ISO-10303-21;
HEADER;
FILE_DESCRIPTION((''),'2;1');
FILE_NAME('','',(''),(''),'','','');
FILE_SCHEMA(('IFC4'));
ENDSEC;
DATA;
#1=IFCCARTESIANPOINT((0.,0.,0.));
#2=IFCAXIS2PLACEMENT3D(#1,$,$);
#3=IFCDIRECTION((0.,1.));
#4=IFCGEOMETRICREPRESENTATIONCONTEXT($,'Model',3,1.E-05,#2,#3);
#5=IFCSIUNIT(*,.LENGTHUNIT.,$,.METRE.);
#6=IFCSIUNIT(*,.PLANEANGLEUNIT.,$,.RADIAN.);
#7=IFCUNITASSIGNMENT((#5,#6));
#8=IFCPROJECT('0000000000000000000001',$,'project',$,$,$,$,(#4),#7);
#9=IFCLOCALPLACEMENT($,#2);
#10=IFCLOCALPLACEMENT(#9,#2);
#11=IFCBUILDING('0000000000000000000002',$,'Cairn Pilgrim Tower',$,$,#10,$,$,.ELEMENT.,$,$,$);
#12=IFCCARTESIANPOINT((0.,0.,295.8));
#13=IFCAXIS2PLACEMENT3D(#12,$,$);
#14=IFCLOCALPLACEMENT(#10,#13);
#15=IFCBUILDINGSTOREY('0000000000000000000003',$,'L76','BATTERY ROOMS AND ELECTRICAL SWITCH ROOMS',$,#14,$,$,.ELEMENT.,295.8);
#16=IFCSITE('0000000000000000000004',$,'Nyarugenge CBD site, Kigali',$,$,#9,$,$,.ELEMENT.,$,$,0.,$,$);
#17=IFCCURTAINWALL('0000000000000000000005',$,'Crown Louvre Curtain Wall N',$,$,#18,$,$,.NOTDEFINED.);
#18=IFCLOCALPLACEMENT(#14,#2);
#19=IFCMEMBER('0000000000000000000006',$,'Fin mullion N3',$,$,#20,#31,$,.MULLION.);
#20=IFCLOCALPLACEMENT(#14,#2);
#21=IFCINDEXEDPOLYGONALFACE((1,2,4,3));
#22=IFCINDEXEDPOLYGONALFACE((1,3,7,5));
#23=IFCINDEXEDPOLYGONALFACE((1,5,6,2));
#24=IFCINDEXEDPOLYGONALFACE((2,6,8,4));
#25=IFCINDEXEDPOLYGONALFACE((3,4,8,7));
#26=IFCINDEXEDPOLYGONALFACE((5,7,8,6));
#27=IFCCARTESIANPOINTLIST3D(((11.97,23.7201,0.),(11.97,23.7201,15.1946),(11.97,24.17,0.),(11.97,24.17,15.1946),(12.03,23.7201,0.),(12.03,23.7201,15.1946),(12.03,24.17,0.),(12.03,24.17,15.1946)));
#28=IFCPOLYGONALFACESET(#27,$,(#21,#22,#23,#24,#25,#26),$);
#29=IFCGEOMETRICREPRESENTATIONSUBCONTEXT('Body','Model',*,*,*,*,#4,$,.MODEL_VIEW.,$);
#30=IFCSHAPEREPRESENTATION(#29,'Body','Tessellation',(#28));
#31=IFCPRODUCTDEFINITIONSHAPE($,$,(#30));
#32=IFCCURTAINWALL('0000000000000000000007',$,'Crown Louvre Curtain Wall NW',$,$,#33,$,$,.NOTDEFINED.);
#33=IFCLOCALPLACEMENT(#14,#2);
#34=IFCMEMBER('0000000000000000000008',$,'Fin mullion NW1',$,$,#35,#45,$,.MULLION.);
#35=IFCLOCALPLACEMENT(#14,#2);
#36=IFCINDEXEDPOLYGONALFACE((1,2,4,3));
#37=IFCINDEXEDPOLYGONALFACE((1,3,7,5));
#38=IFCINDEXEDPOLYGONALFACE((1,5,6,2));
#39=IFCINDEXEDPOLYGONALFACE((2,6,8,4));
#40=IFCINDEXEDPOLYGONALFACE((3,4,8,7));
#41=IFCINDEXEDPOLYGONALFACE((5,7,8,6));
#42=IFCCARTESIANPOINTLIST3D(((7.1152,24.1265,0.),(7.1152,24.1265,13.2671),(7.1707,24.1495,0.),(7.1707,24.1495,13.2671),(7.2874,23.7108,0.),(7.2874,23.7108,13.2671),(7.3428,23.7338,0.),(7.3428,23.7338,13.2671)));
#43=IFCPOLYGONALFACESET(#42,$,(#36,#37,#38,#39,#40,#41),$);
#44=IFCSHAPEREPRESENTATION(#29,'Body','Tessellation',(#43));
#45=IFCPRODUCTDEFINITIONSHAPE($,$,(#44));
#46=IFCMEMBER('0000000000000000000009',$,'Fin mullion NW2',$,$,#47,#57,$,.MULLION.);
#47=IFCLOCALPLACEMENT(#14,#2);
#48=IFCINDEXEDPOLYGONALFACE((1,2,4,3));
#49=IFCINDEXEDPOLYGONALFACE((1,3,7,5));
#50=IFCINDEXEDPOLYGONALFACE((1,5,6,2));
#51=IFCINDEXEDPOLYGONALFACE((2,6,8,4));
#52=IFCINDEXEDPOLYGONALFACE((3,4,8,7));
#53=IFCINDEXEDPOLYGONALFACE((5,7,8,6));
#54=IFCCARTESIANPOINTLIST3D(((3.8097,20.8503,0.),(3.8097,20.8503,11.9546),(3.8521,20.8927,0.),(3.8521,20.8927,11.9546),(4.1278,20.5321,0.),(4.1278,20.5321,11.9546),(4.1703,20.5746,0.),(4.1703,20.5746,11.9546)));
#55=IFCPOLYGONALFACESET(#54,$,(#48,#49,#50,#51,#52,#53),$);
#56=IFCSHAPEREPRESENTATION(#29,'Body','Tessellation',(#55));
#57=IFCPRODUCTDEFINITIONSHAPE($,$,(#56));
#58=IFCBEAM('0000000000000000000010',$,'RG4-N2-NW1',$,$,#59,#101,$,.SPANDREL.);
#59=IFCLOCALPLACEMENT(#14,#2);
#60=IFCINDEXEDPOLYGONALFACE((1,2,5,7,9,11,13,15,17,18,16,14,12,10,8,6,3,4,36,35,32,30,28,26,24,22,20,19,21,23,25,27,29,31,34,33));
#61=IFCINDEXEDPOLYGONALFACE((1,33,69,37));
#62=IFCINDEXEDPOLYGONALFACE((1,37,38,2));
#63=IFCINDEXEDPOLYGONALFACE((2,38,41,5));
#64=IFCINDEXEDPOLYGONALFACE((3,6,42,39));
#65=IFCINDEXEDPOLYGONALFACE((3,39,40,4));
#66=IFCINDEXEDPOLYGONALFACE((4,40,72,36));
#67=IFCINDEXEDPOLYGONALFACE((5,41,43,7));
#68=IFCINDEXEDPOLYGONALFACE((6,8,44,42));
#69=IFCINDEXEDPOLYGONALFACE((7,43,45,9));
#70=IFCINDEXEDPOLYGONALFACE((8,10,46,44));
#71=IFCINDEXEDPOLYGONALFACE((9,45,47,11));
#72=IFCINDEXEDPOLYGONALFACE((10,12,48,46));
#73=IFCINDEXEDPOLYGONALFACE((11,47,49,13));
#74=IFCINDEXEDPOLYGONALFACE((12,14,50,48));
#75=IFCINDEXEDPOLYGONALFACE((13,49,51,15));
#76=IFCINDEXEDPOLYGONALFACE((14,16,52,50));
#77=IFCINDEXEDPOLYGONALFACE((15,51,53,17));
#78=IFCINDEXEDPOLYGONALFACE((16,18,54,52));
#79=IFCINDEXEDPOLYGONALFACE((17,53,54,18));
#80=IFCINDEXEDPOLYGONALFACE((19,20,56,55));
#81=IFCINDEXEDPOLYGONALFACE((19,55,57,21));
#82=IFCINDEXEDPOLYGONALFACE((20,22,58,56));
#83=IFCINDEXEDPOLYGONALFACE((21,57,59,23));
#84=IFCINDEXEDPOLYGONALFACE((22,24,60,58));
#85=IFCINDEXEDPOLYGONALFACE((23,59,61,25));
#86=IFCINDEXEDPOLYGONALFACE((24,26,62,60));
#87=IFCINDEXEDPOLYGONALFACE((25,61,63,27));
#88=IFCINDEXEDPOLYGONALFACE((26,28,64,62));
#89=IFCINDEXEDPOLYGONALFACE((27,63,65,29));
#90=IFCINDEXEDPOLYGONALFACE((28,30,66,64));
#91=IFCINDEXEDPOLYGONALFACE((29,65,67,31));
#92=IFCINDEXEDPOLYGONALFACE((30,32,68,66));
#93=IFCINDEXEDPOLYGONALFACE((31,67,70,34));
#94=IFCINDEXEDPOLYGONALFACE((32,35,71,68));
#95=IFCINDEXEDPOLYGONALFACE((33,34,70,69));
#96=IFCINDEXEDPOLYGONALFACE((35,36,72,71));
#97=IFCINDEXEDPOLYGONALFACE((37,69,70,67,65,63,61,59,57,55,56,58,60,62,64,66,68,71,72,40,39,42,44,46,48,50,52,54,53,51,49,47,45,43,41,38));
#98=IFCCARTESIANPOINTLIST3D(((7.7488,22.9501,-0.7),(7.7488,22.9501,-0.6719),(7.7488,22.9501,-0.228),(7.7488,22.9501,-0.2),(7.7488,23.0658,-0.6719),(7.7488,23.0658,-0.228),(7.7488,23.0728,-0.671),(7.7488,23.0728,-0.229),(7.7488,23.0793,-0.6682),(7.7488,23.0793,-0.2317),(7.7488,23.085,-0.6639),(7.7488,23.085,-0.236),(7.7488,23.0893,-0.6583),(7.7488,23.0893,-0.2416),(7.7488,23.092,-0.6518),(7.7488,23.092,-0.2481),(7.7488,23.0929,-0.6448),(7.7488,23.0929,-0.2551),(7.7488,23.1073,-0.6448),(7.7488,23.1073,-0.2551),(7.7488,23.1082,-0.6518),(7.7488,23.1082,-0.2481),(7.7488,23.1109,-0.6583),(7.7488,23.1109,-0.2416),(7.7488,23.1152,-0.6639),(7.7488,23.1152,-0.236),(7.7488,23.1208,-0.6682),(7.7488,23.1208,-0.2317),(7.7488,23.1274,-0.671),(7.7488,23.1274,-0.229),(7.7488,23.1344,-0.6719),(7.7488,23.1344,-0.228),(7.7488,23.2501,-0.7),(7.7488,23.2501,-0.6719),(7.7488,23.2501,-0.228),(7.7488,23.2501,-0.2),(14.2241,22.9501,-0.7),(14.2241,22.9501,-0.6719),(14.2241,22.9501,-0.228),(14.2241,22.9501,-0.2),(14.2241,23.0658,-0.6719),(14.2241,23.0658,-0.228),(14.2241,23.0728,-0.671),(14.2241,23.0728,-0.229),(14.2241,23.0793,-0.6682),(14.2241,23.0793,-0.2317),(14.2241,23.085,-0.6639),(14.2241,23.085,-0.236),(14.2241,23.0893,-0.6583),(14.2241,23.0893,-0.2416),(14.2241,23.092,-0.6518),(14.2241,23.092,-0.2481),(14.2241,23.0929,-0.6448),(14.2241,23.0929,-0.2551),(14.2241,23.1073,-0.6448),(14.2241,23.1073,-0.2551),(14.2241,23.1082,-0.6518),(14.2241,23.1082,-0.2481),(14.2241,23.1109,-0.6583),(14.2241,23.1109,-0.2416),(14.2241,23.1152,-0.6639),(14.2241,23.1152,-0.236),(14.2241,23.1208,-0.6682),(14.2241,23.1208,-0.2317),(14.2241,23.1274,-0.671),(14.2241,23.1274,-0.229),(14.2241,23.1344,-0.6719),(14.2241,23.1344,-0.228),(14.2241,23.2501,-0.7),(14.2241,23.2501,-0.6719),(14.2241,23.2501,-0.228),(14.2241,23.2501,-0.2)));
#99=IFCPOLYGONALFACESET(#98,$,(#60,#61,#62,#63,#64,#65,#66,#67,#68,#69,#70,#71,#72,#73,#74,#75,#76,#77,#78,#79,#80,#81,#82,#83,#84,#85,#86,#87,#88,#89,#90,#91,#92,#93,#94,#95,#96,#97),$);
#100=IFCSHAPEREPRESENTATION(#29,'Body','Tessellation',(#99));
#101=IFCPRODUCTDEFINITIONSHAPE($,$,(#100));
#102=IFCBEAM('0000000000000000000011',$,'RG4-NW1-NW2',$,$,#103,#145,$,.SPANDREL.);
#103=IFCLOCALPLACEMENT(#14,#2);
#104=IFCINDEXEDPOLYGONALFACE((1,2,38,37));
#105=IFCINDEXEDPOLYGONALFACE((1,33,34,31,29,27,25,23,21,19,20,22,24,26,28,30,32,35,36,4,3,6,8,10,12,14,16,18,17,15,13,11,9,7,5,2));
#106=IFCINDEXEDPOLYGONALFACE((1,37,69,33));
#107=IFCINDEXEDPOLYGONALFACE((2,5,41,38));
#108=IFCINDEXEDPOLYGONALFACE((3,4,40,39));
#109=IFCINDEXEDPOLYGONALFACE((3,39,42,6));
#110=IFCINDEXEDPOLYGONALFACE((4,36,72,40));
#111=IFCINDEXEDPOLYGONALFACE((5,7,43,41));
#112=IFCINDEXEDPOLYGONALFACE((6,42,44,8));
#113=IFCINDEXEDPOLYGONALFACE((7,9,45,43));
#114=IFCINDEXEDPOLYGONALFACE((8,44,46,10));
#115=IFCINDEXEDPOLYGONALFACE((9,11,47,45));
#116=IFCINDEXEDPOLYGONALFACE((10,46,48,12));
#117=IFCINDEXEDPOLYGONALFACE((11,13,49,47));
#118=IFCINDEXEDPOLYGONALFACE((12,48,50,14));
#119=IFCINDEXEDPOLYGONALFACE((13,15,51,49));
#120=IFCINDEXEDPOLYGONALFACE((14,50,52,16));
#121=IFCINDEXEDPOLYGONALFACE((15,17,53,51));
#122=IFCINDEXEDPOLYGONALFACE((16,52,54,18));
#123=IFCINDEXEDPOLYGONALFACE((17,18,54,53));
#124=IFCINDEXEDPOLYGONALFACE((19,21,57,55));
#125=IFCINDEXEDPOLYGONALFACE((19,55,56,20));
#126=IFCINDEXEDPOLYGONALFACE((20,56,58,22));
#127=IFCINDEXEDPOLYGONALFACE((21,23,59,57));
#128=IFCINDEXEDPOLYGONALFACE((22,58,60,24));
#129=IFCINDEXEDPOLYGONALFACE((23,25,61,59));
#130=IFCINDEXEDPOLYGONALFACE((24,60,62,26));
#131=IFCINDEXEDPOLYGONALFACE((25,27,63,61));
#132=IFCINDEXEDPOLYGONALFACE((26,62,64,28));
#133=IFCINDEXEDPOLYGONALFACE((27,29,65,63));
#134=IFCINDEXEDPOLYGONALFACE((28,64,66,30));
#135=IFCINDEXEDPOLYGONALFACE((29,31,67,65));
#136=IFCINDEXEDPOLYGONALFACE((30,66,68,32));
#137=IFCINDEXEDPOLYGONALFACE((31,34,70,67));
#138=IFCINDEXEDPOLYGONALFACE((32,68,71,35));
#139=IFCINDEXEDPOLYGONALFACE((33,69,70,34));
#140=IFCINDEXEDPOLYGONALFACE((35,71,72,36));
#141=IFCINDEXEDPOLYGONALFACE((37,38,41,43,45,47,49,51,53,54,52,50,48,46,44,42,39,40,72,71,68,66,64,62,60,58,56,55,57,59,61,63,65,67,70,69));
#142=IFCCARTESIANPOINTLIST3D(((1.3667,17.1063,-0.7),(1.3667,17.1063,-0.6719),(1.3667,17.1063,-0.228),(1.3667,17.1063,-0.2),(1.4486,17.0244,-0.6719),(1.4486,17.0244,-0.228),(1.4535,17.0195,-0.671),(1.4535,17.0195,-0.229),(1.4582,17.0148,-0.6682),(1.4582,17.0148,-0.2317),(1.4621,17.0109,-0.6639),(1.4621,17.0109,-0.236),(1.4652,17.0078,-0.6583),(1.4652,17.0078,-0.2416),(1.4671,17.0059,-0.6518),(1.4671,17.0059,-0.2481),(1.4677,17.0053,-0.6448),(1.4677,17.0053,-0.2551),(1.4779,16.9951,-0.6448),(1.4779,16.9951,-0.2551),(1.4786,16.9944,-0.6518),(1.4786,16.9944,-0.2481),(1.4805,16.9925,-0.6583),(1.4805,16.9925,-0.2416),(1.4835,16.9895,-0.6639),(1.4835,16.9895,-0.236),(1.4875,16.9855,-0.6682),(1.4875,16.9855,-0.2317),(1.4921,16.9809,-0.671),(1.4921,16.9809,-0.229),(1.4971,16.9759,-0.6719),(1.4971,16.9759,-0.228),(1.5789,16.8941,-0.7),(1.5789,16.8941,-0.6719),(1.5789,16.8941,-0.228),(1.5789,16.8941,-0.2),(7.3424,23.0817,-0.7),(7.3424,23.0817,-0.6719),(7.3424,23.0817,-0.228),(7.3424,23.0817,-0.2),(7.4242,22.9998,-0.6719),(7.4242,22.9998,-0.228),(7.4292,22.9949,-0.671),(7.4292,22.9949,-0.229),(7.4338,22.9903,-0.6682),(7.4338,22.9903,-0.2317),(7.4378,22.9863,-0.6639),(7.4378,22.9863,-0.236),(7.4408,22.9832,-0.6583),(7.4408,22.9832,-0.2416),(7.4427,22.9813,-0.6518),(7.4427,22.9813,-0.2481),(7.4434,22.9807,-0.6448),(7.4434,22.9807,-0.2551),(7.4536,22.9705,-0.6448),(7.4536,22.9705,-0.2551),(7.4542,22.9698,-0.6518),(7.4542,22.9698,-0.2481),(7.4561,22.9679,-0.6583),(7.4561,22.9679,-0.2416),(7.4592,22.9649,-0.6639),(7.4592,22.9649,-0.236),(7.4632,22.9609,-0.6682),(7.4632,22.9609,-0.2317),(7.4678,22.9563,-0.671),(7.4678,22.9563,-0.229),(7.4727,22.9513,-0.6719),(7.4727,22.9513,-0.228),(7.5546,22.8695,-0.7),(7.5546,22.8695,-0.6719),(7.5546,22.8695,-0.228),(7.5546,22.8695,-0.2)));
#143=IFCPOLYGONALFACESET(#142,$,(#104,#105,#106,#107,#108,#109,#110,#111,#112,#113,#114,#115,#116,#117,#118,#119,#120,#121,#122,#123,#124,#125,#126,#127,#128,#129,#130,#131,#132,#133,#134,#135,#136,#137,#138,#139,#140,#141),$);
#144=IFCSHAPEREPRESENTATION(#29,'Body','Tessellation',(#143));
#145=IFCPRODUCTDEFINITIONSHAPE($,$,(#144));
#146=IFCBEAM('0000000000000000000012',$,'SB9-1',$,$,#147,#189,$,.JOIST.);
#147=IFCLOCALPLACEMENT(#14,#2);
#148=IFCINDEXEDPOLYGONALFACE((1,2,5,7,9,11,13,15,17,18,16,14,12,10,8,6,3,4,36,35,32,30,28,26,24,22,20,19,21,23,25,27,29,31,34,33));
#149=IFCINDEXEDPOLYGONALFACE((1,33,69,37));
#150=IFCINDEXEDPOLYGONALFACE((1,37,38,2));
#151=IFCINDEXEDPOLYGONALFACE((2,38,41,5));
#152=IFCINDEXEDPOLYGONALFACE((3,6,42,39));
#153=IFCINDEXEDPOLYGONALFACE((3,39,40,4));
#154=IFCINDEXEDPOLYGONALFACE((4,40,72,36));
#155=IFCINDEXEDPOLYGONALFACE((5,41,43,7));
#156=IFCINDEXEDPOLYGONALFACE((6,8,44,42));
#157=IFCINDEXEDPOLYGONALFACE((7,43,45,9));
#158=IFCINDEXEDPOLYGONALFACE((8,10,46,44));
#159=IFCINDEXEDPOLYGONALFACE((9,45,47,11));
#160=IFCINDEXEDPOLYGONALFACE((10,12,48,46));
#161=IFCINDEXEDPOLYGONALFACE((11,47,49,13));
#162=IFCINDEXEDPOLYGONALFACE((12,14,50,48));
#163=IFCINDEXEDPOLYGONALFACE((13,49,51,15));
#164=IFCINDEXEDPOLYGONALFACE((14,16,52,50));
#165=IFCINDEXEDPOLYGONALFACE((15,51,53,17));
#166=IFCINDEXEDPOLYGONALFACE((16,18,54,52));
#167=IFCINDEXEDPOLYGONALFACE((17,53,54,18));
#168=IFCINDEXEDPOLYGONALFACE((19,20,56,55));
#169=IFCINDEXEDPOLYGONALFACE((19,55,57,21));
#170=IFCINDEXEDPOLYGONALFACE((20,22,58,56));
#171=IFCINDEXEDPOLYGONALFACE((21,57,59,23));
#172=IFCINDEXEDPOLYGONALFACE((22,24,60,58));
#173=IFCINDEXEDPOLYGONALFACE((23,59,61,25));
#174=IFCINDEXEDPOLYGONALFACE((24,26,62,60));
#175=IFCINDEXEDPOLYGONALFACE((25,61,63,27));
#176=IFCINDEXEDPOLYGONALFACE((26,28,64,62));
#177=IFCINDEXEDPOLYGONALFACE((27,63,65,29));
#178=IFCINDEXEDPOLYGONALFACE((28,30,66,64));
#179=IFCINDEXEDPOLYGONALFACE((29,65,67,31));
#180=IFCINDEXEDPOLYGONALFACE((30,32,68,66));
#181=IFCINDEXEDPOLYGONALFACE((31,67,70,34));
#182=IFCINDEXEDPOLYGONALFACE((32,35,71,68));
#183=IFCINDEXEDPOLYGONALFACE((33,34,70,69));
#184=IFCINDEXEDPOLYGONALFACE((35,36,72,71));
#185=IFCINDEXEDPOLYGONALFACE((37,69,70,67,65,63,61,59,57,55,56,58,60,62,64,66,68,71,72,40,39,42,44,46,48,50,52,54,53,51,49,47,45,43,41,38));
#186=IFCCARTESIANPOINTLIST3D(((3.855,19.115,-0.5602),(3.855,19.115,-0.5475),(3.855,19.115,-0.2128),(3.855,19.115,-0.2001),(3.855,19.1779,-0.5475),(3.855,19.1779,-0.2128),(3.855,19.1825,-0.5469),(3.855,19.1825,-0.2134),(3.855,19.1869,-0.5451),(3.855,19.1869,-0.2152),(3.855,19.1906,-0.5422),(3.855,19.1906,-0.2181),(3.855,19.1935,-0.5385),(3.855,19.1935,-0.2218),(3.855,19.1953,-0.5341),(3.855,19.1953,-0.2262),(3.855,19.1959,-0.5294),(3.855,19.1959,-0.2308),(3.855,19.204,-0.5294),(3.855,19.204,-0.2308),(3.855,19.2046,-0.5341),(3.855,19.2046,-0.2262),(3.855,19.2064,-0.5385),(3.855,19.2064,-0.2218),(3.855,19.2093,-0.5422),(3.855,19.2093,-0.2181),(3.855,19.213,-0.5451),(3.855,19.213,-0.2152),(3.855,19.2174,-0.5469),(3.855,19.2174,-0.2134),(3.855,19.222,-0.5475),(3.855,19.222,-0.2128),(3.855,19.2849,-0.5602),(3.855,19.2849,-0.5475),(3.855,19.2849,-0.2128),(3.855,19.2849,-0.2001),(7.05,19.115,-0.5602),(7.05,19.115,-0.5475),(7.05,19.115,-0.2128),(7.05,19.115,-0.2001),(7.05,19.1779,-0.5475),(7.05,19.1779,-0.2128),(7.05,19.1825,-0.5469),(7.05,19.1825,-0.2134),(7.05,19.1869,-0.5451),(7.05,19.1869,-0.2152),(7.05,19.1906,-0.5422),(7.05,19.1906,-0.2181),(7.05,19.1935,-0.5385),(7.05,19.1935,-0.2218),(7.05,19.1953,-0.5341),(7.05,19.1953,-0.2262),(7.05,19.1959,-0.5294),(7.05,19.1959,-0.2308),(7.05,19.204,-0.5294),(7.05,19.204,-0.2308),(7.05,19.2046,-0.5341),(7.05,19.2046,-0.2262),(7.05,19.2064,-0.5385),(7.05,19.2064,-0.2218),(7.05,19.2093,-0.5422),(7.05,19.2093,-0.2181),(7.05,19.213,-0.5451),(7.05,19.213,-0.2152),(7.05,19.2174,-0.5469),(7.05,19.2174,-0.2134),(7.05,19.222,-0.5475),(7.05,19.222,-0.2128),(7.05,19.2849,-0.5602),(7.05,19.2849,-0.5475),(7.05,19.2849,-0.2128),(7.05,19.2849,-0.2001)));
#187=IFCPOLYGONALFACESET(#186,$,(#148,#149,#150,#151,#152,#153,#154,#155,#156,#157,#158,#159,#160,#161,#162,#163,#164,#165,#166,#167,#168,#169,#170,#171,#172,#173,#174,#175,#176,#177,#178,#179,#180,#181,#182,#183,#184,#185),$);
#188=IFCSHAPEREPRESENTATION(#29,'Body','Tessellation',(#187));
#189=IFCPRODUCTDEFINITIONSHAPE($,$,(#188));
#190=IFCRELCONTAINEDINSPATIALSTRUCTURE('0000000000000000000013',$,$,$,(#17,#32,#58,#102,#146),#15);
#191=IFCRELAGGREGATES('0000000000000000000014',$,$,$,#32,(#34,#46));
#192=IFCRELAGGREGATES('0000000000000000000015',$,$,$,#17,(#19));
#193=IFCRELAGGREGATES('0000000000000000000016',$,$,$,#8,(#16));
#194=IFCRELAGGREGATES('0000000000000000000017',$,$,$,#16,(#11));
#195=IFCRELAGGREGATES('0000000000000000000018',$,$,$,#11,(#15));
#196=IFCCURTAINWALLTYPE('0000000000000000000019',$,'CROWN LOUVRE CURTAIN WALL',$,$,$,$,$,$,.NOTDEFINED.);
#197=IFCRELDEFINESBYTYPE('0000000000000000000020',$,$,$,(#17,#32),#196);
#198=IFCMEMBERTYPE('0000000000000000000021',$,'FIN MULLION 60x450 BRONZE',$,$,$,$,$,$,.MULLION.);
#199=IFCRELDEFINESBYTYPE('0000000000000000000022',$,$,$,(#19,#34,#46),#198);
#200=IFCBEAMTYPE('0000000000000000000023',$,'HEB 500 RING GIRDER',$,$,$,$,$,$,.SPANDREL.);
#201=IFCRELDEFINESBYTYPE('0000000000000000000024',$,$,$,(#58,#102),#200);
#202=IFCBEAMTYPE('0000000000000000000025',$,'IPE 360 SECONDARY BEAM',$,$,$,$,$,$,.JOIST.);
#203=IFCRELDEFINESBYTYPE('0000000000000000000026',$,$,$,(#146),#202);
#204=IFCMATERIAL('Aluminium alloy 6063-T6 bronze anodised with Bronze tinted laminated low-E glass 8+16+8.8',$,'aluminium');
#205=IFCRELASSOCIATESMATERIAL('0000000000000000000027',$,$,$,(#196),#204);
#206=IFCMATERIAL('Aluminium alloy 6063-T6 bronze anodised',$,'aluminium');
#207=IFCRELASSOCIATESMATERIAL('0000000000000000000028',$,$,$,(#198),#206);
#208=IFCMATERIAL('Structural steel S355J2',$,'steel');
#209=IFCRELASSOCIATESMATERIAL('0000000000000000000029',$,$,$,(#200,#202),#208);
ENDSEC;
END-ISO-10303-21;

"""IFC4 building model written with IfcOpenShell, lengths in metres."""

from ifc_helpers import new_model, si_unit, direction, frame, origin, origin_2d, place, context, subcontext, project, spatial, rectangle, i_section, extrude, material, material_profile, profile_set, type_object, element, aggregate, save


model = new_model("IFC4")

# Units and contexts
model_context = context("Model", 3, precision=1e-05, world=origin(), true_north=direction((0.0, 1.0)))
body_context = subcontext(model_context, "Body", "Model", "MODEL_VIEW")
ifc_project = project(units=[si_unit("LENGTHUNIT", "METRE"), si_unit("PLANEANGLEUNIT", "RADIAN")], contexts=[model_context])

# Site, building, storey
site_placement = place(None, origin())
site = spatial("IfcSite", under=ifc_project, at=site_placement, Name="Nyarugenge CBD site, Kigali", CompositionType="ELEMENT", RefElevation=0.0)
building_placement = place(site_placement, origin())
building = spatial("IfcBuilding", under=site, at=building_placement, Name="Cairn Pilgrim Tower", CompositionType="ELEMENT")
storey_placement = place(building_placement, frame((0.0, 0.0, 295.8)))
storey = spatial("IfcBuildingStorey", under=building, at=storey_placement, Name="L76", Description="BATTERY ROOMS AND ELECTRICAL SWITCH ROOMS", CompositionType="ELEMENT", Elevation=295.8)

# Shared definitions
ifc_material_1 = material(Name="Structural steel S355J2", Category="steel")

# Curtain wall, member
ifc_material_2 = material(Name="Aluminium alloy 6063-T6 bronze anodised with Bronze tinted laminated low-E glass 8+16+8.8", Category="aluminium")
curtain_wall_type = type_object("IfcCurtainWallType", Name="CROWN LOUVRE CURTAIN WALL", PredefinedType="NOTDEFINED", material=ifc_material_2)
curtain_wall_1_placement = place(storey_placement, origin())
curtain_wall_1 = element("IfcCurtainWall", 1, at=curtain_wall_1_placement, inside=storey, type_object=curtain_wall_type, Name="Crown Louvre Curtain Wall N", PredefinedType="NOTDEFINED")
ifc_material_3 = material(Name="Aluminium alloy 6063-T6 bronze anodised", Category="aluminium")
ifc_material_profile_1 = material_profile(ifc_material_3, rectangle(XDim=0.45, YDim=0.0601, at=origin_2d()), Name="FIN MULLION 60x450 BRONZE")
ifc_profile_set_1 = profile_set([ifc_material_profile_1], Name="Aluminium alloy 6063-T6 bronze anodised")
member_type_1 = type_object("IfcMemberType", Name="FIN MULLION 60x450 BRONZE", PredefinedType="MULLION", material=ifc_profile_set_1)
member_1_placement = place(storey_placement, frame((12.0, 23.9451, 0.0), z_axis=(0.0, 0.0, 1.0), x_axis=(0.0, 1.0, 0.0)))
member_1 = element("IfcMember", 2, at=member_1_placement, type_object=member_type_1, Name="Fin mullion N3", PredefinedType="MULLION", context=body_context, shape_type="SweptSolid", body=[
    extrude(rectangle(XDim=0.45, YDim=0.0601, at=origin_2d()), origin(), (0.0, 0.0, 1.0), 15.1946),
])

# Curtain wall, members
curtain_wall_2_placement = place(storey_placement, origin())
curtain_wall_2 = element("IfcCurtainWall", 3, at=curtain_wall_2_placement, inside=storey, type_object=curtain_wall_type, Name="Crown Louvre Curtain Wall NW", PredefinedType="NOTDEFINED")
member_2_placement = place(storey_placement, frame((7.229, 23.9302, 0.0), z_axis=(0.0, 0.0, 1.0), x_axis=(-0.382683, 0.92388, 0.0)))
member_2 = element("IfcMember", 4, at=member_2_placement, type_object=member_type_1, Name="Fin mullion NW1", PredefinedType="MULLION", context=body_context, shape_type="SweptSolid", body=[
    extrude(rectangle(XDim=0.45, YDim=0.0601, at=origin_2d()), origin(), (0.0, 0.0, 1.0), 13.2671),
])
member_3_placement = place(storey_placement, frame((3.99, 20.7124, 0.0), z_axis=(0.0, 0.0, 1.0), x_axis=(-0.707107, 0.707107, 0.0)))
member_3 = element("IfcMember", 5, at=member_3_placement, type_object=member_type_1, Name="Fin mullion NW2", PredefinedType="MULLION", context=body_context, shape_type="SweptSolid", body=[
    extrude(rectangle(XDim=0.45, YDim=0.0601, at=origin_2d()), origin(), (0.0, 0.0, 1.0), 11.9546),
])

# Beams
ifc_material_profile_2 = material_profile(ifc_material_1, i_section(OverallWidth=0.3, OverallDepth=0.5, WebThickness=0.0144, FlangeThickness=0.0281, FilletRadius=0.0271, at=origin_2d()), Name="HEB 500")
ifc_profile_set_2 = profile_set([ifc_material_profile_2], Name="Structural steel S355J2")
beam_type_1 = type_object("IfcBeamType", Name="HEB 500 RING GIRDER", PredefinedType="SPANDREL", material=ifc_profile_set_2)
beam_1_placement = place(storey_placement, frame((14.2241, 23.1001, -0.45), z_axis=(-1.0, 0.0, 0.0), x_axis=(0.0, -1.0, 0.0)))
element("IfcBeam", 6, at=beam_1_placement, inside=storey, type_object=beam_type_1, Name="RG4-N2-NW1", PredefinedType="SPANDREL", context=body_context, shape_type="SweptSolid", body=[
    extrude(i_section(OverallWidth=0.3, OverallDepth=0.5, WebThickness=0.0144, FlangeThickness=0.0281, FilletRadius=0.0271, at=origin_2d()), origin(), (0.0, 0.0, 1.0), 6.4753),
])
beam_2_placement = place(storey_placement, frame((7.4485, 22.9756, -0.45), z_axis=(-0.707121, -0.707092, 0.0), x_axis=(0.707092, -0.707121, 0.0)))
element("IfcBeam", 7, at=beam_2_placement, inside=storey, type_object=beam_type_1, Name="RG4-NW1-NW2", PredefinedType="SPANDREL", context=body_context, shape_type="SweptSolid", body=[
    extrude(i_section(OverallWidth=0.3, OverallDepth=0.5, WebThickness=0.0144, FlangeThickness=0.0281, FilletRadius=0.0271, at=origin_2d()), origin(), (0.0, 0.0, 1.0), 8.4507),
])
ifc_material_profile_3 = material_profile(ifc_material_1, i_section(OverallWidth=0.1699, OverallDepth=0.3601, WebThickness=0.0081, FlangeThickness=0.0127, FilletRadius=0.0181, at=origin_2d()), Name="IPE 360")
ifc_profile_set_3 = profile_set([ifc_material_profile_3], Name="Structural steel S355J2")
beam_type_2 = type_object("IfcBeamType", Name="IPE 360 SECONDARY BEAM", PredefinedType="JOIST", material=ifc_profile_set_3)
beam_3_placement = place(storey_placement, frame((3.855, 19.2, -0.3801), z_axis=(1.0, 0.0, 0.0), x_axis=(0.0, 1.0, 0.0)))
element("IfcBeam", 8, at=beam_3_placement, inside=storey, type_object=beam_type_2, Name="SB9-1", PredefinedType="JOIST", context=body_context, shape_type="SweptSolid", body=[
    extrude(i_section(OverallWidth=0.1699, OverallDepth=0.3601, WebThickness=0.0081, FlangeThickness=0.0127, FilletRadius=0.0181, at=origin_2d()), origin(), (0.0, 0.0, 1.0), 3.1951),
])

aggregate(curtain_wall_2, [member_2, member_3])
aggregate(curtain_wall_1, [member_1])

save(model, "model.ifc")
